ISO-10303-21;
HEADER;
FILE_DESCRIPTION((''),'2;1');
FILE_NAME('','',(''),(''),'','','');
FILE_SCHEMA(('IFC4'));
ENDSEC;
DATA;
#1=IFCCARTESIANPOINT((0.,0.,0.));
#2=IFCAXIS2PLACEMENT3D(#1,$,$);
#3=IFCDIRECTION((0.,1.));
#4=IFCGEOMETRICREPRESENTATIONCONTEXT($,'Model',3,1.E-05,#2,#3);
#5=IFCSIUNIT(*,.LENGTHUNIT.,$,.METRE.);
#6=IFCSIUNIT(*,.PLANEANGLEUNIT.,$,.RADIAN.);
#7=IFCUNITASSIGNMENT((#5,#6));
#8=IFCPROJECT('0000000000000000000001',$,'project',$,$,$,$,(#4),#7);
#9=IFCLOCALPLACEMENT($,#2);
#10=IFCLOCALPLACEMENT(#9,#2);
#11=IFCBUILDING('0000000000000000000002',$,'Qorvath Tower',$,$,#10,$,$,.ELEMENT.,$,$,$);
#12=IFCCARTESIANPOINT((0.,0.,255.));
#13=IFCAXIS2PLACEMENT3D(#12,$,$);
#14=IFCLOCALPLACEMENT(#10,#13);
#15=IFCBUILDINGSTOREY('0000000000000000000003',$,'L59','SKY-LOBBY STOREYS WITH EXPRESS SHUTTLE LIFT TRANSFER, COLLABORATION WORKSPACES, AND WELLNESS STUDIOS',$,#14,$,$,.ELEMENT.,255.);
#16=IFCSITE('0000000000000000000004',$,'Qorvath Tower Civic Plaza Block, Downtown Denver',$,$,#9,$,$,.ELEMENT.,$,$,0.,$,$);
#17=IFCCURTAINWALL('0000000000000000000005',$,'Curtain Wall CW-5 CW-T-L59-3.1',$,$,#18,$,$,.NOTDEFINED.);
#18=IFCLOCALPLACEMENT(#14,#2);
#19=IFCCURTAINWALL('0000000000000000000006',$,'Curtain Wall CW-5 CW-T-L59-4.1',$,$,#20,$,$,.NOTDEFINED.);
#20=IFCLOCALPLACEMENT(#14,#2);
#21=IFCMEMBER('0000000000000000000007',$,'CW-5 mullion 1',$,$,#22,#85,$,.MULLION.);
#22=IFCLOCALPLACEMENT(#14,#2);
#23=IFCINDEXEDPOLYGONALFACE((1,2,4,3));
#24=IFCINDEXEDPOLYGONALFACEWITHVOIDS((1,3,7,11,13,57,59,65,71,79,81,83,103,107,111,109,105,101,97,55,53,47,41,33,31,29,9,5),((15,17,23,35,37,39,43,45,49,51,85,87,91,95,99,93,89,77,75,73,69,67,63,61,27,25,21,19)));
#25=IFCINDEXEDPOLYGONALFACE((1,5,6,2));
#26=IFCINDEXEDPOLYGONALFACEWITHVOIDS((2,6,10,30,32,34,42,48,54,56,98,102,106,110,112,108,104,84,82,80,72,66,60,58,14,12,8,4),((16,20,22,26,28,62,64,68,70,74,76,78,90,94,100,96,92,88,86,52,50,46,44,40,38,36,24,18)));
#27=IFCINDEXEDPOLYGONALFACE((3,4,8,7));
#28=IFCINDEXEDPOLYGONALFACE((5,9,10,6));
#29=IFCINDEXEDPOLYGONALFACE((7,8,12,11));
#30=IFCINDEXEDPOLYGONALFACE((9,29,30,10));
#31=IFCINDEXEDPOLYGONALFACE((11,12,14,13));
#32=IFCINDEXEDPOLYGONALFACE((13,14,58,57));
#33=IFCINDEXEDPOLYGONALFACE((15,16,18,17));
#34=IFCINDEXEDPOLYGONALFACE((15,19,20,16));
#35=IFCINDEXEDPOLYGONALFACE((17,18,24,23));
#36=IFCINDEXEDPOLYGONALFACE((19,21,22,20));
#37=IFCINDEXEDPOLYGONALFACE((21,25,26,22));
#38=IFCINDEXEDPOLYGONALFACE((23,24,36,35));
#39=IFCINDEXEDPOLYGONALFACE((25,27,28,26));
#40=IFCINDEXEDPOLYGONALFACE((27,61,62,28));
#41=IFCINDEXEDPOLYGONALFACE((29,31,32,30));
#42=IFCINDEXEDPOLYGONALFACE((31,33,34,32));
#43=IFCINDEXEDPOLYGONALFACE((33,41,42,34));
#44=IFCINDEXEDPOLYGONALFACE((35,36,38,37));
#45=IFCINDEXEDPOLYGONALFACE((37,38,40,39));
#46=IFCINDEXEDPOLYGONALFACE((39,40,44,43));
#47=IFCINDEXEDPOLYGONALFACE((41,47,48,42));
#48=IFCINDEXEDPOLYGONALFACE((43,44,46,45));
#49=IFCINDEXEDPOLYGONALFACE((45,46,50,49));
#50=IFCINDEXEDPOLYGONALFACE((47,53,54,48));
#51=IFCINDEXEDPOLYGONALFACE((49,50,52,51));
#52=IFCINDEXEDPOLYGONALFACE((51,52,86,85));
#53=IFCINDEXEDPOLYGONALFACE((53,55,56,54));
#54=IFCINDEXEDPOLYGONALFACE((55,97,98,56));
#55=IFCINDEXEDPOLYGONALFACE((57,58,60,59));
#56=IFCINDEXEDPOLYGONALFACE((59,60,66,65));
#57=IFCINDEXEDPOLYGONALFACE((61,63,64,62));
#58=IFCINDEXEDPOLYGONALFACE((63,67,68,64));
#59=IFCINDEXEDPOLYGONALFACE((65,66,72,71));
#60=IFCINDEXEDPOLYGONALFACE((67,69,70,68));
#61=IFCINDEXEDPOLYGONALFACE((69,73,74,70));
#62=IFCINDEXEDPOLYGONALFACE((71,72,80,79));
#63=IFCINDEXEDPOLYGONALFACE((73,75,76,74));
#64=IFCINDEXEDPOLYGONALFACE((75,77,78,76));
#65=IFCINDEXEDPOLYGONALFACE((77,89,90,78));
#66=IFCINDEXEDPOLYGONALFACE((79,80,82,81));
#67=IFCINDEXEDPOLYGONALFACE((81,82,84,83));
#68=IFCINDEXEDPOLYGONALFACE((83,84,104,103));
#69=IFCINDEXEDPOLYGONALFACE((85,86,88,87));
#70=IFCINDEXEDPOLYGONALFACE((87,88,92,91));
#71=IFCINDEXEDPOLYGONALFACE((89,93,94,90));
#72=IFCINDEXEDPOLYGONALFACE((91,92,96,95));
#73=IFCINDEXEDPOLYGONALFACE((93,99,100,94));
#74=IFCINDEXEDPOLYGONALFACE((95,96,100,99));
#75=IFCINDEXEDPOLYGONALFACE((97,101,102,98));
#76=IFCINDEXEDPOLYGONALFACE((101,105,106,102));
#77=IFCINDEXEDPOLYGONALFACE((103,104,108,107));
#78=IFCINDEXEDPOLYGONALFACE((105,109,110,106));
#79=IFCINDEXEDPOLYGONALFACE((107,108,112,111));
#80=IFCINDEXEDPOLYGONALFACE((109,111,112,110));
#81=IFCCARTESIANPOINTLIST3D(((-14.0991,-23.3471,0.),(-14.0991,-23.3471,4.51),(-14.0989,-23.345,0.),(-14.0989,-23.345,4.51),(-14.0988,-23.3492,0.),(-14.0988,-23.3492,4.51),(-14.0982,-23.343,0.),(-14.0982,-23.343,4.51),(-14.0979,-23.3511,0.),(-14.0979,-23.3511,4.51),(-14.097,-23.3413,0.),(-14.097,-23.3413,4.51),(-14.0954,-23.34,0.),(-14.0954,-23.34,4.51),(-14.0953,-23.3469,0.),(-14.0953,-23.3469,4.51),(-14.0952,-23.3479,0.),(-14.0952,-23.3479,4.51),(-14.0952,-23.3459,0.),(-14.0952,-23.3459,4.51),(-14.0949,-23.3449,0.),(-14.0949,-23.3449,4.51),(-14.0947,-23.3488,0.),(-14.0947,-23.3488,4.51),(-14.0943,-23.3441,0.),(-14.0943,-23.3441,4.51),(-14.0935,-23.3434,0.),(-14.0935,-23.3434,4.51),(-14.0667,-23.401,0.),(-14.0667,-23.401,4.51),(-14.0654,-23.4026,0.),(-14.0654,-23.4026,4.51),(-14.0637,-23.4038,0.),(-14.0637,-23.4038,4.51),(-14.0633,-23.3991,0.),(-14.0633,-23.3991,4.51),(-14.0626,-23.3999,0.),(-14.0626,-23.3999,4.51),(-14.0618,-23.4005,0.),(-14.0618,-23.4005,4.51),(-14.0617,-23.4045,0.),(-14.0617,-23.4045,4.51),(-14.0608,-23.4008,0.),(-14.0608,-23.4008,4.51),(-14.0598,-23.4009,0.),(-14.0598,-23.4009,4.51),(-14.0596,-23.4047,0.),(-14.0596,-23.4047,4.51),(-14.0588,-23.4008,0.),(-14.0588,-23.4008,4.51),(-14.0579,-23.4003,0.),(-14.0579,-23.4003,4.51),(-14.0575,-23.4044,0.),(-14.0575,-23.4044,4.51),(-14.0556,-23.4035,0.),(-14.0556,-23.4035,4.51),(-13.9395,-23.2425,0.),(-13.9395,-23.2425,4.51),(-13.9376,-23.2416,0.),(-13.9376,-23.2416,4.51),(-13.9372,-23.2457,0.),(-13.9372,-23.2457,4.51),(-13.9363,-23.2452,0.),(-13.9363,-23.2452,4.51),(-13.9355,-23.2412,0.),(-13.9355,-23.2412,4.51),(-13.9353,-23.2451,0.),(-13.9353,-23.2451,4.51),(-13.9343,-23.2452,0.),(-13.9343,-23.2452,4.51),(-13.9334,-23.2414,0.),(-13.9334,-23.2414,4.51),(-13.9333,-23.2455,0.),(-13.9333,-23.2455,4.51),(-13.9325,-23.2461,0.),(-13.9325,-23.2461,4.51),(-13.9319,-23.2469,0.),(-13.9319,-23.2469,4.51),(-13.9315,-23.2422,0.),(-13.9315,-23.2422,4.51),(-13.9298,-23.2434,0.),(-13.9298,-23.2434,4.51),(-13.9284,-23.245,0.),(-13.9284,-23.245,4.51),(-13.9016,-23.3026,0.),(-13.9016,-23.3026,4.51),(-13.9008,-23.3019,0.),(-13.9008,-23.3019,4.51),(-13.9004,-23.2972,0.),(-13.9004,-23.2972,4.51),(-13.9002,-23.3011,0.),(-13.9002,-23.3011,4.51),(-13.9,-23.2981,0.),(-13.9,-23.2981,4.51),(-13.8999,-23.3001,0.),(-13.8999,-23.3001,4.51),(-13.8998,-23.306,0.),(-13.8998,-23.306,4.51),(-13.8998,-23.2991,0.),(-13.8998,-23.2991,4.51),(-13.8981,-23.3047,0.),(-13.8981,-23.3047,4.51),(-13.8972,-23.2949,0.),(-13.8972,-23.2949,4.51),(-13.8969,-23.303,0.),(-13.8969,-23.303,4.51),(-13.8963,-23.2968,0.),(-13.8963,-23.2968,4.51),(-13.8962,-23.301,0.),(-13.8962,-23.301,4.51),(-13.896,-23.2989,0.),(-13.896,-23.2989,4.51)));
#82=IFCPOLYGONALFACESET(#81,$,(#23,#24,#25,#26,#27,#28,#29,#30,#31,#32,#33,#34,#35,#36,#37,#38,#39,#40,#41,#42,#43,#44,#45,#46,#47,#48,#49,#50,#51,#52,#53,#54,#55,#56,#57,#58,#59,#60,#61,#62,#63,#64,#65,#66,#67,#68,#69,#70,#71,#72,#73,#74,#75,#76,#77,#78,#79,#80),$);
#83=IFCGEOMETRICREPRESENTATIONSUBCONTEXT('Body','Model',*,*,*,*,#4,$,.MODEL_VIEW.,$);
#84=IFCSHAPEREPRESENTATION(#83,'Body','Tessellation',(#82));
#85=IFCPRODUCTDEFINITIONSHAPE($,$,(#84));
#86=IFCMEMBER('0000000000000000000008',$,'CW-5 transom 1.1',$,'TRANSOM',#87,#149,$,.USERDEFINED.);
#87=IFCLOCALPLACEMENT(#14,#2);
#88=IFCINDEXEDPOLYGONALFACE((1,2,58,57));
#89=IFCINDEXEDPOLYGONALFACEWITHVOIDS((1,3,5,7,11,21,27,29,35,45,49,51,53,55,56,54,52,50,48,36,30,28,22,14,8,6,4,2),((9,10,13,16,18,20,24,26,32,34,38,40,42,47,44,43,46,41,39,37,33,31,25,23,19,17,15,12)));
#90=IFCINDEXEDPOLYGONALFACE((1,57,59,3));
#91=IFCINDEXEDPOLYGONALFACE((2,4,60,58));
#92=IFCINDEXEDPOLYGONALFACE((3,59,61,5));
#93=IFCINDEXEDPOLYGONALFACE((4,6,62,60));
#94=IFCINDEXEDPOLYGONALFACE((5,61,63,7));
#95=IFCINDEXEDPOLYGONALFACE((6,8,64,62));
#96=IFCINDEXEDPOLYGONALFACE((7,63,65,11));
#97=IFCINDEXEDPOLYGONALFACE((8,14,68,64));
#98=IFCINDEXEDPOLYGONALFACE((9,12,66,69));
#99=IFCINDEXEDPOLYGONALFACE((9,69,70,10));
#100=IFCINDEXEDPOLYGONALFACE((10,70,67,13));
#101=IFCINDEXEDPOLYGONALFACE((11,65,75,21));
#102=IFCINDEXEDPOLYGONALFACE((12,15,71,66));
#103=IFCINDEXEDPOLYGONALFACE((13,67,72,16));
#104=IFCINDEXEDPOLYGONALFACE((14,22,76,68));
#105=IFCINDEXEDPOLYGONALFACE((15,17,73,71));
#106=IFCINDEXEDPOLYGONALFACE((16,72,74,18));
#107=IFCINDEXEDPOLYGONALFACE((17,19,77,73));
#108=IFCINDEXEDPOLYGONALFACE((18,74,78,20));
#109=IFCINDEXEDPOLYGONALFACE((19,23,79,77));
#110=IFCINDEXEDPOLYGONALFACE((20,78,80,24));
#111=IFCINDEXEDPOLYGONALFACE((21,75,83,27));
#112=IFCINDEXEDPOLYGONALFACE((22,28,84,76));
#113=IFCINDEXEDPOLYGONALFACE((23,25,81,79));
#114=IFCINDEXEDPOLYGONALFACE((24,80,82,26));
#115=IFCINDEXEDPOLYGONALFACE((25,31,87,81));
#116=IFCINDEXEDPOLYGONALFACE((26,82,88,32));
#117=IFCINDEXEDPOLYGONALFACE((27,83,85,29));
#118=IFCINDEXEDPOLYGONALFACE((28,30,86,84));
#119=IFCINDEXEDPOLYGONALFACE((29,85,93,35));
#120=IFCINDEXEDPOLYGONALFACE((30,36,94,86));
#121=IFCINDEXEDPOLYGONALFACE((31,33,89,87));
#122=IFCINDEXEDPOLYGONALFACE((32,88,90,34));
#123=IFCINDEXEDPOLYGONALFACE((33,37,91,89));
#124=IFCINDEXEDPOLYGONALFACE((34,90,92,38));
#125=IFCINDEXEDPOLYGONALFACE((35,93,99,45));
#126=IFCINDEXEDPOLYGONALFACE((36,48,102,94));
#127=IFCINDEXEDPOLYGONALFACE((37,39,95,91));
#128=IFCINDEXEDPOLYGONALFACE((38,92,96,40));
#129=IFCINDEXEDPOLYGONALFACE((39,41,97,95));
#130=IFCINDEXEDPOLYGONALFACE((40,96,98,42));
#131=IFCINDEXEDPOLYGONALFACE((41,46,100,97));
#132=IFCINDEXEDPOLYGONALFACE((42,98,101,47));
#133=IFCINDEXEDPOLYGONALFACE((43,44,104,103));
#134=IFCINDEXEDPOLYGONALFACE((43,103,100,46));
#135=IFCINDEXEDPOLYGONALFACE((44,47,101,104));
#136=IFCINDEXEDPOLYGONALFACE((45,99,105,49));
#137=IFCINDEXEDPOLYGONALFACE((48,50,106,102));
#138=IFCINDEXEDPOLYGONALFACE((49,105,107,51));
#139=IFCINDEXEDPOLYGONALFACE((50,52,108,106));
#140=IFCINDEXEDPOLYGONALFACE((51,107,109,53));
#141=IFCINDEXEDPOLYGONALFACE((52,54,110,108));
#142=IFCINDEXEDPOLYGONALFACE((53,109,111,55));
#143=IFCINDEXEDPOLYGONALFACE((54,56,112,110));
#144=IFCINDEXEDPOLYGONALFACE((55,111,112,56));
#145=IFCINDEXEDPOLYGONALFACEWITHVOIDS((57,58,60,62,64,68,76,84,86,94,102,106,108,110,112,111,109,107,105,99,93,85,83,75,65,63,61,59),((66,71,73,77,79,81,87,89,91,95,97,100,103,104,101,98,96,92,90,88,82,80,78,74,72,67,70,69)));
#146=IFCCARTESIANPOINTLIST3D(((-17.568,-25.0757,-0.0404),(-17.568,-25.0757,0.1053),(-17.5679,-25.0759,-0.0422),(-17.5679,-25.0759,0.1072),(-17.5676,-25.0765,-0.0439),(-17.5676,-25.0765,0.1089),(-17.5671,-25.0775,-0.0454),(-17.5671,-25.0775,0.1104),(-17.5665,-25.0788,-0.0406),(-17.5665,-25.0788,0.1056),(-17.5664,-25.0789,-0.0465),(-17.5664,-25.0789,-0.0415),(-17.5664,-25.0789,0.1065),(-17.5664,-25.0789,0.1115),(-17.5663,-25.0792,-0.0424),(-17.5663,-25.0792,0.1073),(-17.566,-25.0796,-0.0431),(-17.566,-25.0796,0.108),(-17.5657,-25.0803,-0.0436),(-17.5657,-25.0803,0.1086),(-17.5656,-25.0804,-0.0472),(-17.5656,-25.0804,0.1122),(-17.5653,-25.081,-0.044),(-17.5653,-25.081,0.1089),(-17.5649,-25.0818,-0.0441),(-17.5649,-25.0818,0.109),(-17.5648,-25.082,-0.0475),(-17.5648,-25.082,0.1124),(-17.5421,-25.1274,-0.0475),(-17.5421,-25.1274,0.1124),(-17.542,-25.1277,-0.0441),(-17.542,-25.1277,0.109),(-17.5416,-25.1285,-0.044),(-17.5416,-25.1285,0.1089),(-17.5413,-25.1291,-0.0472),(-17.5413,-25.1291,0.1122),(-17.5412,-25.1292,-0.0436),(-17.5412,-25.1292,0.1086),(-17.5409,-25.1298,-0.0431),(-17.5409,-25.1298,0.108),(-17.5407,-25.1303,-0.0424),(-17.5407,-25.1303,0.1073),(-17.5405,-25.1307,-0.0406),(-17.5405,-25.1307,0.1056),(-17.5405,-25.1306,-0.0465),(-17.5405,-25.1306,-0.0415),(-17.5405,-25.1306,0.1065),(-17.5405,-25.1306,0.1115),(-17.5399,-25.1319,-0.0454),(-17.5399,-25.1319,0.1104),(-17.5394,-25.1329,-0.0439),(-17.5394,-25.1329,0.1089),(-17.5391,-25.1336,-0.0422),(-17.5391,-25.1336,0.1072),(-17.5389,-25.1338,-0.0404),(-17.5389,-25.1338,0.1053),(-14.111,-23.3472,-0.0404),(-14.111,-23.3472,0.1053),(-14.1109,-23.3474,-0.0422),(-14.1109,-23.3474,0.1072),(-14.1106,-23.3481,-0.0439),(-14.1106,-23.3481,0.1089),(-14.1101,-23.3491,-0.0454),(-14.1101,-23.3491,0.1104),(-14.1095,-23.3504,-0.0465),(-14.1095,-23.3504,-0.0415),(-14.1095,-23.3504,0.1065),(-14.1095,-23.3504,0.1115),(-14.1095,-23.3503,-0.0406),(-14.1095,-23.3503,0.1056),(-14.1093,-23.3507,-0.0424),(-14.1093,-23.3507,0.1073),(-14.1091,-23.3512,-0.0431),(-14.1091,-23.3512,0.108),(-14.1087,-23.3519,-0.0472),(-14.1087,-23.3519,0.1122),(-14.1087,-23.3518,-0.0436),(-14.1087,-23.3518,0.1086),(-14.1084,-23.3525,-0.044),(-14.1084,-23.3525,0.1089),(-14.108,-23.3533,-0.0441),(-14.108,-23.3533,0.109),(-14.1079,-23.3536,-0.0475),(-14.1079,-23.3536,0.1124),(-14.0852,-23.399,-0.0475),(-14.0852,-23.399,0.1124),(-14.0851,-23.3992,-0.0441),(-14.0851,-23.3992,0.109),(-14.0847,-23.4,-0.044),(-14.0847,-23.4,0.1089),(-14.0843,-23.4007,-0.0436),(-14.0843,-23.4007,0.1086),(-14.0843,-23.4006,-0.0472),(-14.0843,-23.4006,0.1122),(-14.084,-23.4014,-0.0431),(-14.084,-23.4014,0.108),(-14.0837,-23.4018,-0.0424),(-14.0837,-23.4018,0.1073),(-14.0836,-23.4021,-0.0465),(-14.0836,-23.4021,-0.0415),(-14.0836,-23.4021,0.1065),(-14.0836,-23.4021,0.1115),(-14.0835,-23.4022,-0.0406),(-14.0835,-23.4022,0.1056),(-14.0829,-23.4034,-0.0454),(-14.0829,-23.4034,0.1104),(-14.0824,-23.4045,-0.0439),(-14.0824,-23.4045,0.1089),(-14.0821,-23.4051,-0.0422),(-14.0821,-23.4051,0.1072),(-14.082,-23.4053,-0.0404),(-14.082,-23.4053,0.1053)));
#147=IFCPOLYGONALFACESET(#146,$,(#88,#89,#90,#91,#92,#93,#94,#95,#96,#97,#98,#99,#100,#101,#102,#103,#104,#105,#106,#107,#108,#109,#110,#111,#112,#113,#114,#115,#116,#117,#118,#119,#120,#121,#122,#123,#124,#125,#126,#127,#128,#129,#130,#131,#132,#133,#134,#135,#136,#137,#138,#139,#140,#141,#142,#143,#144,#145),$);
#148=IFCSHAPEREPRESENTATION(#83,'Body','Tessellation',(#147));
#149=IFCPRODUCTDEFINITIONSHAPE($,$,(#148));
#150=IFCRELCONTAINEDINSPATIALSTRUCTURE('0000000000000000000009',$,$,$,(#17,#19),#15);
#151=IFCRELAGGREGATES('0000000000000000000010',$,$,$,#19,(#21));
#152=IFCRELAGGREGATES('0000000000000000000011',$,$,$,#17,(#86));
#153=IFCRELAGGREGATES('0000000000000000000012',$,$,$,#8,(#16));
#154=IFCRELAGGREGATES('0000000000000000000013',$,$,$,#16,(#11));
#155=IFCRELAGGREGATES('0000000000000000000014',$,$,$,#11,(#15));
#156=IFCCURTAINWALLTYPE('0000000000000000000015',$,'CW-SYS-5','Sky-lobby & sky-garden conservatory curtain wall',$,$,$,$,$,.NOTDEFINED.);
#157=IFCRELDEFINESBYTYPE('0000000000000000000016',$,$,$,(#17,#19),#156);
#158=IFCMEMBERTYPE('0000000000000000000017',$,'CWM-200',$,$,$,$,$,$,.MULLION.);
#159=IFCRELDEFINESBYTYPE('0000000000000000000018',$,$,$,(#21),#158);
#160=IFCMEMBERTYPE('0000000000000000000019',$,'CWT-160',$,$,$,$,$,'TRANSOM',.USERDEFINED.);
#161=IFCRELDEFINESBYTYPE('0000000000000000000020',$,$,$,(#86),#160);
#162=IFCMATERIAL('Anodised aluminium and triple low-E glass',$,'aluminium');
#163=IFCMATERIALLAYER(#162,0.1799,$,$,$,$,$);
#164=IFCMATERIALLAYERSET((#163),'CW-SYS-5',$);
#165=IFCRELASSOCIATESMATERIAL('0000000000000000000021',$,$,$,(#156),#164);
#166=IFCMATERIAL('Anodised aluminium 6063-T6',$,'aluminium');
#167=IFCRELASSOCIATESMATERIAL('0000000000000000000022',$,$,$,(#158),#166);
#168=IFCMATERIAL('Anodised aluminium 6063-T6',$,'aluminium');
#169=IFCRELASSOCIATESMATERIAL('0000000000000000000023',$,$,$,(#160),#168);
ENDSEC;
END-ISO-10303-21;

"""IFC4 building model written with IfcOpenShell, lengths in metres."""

from ifc_helpers import new_model, si_unit, direction, frame, origin, origin_2d, place, context, subcontext, project, spatial, hollow_rectangle, extrude, material, layer, layer_set, material_profile, profile_set, type_object, element, aggregate, save


model = new_model("IFC4")

# Units and contexts
model_context = context("Model", 3, precision=1e-05, world=origin(), true_north=direction((0.0, 1.0)))
body_context = subcontext(model_context, "Body", "Model", "MODEL_VIEW")
ifc_project = project(units=[si_unit("LENGTHUNIT", "METRE"), si_unit("PLANEANGLEUNIT", "RADIAN")], contexts=[model_context])

# Site, building, storey
site_placement = place(None, origin())
site = spatial("IfcSite", under=ifc_project, at=site_placement, Name="Qorvath Tower Civic Plaza Block, Downtown Denver", CompositionType="ELEMENT", RefElevation=0.0)
building_placement = place(site_placement, origin())
building = spatial("IfcBuilding", under=site, at=building_placement, Name="Qorvath Tower", CompositionType="ELEMENT")
storey_placement = place(building_placement, frame((0.0, 0.0, 255.0)))
storey = spatial("IfcBuildingStorey", under=building, at=storey_placement, Name="L59", Description="SKY-LOBBY STOREYS WITH EXPRESS SHUTTLE LIFT TRANSFER, COLLABORATION WORKSPACES, AND WELLNESS STUDIOS", CompositionType="ELEMENT", Elevation=255.0)

# Shared definitions
ifc_material_1 = material(Name="Anodised aluminium and triple low-E glass", Category="aluminium")
ifc_layer_1 = layer(ifc_material_1, 0.1799)
ifc_layer_set_1 = layer_set([ifc_layer_1], Name="CW-SYS-5")
curtain_wall_type = type_object("IfcCurtainWallType", Name="CW-SYS-5", Description="Sky-lobby & sky-garden conservatory curtain wall", PredefinedType="NOTDEFINED", material=ifc_layer_set_1)
ifc_material_2 = material(Name="Anodised aluminium 6063-T6", Category="aluminium")
ifc_material_profile_1 = material_profile(ifc_material_2, hollow_rectangle(XDim=0.075, YDim=0.2, WallThickness=0.0039, InnerFilletRadius=0.0039, OuterFilletRadius=0.0081, at=origin_2d()), Name="CWM 200x75")
ifc_profile_set_1 = profile_set([ifc_material_profile_1], Name="Anodised aluminium 6063-T6")
member_type_1 = type_object("IfcMemberType", Name="CWM-200", PredefinedType="MULLION", material=ifc_profile_set_1)

# Curtain wall
curtain_wall_1_placement = place(storey_placement, origin())
curtain_wall_1 = element("IfcCurtainWall", 1, at=curtain_wall_1_placement, inside=storey, type_object=curtain_wall_type, Name="Curtain Wall CW-5 CW-T-L59-3.1", PredefinedType="NOTDEFINED")

# Curtain wall, member
curtain_wall_2_placement = place(storey_placement, origin())
curtain_wall_2 = element("IfcCurtainWall", 2, at=curtain_wall_2_placement, inside=storey, type_object=curtain_wall_type, Name="Curtain Wall CW-5 CW-T-L59-4.1", PredefinedType="NOTDEFINED")
member_1_placement = place(storey_placement, frame((-13.9976, -23.323, 0.0), z_axis=(0.0, 0.0, 1.0), x_axis=(-0.530464, 0.847707, 0.0)))
member_1 = element("IfcMember", 3, at=member_1_placement, type_object=member_type_1, Name="CW-5 mullion 1", PredefinedType="MULLION", context=body_context, shape_type="SweptSolid", body=[
    extrude(hollow_rectangle(XDim=0.075, YDim=0.2, WallThickness=0.0039, InnerFilletRadius=0.0039, OuterFilletRadius=0.0081, at=origin_2d()), origin(), (0.0, 0.0, 1.0), 4.51),
])
aggregate(curtain_wall_2, [member_1])

# Member
ifc_material_3 = material(Name="Anodised aluminium 6063-T6", Category="aluminium")
ifc_material_profile_2 = material_profile(ifc_material_3, hollow_rectangle(XDim=0.0649, YDim=0.1599, WallThickness=0.0034, InnerFilletRadius=0.0034, OuterFilletRadius=0.0071, at=origin_2d()), Name="CWT 160x65")
ifc_profile_set_2 = profile_set([ifc_material_profile_2], Name="Anodised aluminium 6063-T6")
member_type_2 = type_object("IfcMemberType", Name="CWT-160", ElementType="TRANSOM", PredefinedType="USERDEFINED", material=ifc_profile_set_2)
member_2_placement = place(storey_placement, frame((-17.5535, -25.1047, 0.0325), z_axis=(0.894427, 0.447214, 0.0), x_axis=(-0.447214, 0.894427, 0.0)))
member_2 = element("IfcMember", 4, at=member_2_placement, type_object=member_type_2, Name="CW-5 transom 1.1", ObjectType="TRANSOM", PredefinedType="USERDEFINED", context=body_context, shape_type="SweptSolid", body=[
    extrude(hollow_rectangle(XDim=0.0649, YDim=0.1599, WallThickness=0.0034, InnerFilletRadius=0.0034, OuterFilletRadius=0.0071, at=origin_2d()), origin(), (0.0, 0.0, 1.0), 3.865),
])

aggregate(curtain_wall_1, [member_2])

save(model, "model.ifc")
